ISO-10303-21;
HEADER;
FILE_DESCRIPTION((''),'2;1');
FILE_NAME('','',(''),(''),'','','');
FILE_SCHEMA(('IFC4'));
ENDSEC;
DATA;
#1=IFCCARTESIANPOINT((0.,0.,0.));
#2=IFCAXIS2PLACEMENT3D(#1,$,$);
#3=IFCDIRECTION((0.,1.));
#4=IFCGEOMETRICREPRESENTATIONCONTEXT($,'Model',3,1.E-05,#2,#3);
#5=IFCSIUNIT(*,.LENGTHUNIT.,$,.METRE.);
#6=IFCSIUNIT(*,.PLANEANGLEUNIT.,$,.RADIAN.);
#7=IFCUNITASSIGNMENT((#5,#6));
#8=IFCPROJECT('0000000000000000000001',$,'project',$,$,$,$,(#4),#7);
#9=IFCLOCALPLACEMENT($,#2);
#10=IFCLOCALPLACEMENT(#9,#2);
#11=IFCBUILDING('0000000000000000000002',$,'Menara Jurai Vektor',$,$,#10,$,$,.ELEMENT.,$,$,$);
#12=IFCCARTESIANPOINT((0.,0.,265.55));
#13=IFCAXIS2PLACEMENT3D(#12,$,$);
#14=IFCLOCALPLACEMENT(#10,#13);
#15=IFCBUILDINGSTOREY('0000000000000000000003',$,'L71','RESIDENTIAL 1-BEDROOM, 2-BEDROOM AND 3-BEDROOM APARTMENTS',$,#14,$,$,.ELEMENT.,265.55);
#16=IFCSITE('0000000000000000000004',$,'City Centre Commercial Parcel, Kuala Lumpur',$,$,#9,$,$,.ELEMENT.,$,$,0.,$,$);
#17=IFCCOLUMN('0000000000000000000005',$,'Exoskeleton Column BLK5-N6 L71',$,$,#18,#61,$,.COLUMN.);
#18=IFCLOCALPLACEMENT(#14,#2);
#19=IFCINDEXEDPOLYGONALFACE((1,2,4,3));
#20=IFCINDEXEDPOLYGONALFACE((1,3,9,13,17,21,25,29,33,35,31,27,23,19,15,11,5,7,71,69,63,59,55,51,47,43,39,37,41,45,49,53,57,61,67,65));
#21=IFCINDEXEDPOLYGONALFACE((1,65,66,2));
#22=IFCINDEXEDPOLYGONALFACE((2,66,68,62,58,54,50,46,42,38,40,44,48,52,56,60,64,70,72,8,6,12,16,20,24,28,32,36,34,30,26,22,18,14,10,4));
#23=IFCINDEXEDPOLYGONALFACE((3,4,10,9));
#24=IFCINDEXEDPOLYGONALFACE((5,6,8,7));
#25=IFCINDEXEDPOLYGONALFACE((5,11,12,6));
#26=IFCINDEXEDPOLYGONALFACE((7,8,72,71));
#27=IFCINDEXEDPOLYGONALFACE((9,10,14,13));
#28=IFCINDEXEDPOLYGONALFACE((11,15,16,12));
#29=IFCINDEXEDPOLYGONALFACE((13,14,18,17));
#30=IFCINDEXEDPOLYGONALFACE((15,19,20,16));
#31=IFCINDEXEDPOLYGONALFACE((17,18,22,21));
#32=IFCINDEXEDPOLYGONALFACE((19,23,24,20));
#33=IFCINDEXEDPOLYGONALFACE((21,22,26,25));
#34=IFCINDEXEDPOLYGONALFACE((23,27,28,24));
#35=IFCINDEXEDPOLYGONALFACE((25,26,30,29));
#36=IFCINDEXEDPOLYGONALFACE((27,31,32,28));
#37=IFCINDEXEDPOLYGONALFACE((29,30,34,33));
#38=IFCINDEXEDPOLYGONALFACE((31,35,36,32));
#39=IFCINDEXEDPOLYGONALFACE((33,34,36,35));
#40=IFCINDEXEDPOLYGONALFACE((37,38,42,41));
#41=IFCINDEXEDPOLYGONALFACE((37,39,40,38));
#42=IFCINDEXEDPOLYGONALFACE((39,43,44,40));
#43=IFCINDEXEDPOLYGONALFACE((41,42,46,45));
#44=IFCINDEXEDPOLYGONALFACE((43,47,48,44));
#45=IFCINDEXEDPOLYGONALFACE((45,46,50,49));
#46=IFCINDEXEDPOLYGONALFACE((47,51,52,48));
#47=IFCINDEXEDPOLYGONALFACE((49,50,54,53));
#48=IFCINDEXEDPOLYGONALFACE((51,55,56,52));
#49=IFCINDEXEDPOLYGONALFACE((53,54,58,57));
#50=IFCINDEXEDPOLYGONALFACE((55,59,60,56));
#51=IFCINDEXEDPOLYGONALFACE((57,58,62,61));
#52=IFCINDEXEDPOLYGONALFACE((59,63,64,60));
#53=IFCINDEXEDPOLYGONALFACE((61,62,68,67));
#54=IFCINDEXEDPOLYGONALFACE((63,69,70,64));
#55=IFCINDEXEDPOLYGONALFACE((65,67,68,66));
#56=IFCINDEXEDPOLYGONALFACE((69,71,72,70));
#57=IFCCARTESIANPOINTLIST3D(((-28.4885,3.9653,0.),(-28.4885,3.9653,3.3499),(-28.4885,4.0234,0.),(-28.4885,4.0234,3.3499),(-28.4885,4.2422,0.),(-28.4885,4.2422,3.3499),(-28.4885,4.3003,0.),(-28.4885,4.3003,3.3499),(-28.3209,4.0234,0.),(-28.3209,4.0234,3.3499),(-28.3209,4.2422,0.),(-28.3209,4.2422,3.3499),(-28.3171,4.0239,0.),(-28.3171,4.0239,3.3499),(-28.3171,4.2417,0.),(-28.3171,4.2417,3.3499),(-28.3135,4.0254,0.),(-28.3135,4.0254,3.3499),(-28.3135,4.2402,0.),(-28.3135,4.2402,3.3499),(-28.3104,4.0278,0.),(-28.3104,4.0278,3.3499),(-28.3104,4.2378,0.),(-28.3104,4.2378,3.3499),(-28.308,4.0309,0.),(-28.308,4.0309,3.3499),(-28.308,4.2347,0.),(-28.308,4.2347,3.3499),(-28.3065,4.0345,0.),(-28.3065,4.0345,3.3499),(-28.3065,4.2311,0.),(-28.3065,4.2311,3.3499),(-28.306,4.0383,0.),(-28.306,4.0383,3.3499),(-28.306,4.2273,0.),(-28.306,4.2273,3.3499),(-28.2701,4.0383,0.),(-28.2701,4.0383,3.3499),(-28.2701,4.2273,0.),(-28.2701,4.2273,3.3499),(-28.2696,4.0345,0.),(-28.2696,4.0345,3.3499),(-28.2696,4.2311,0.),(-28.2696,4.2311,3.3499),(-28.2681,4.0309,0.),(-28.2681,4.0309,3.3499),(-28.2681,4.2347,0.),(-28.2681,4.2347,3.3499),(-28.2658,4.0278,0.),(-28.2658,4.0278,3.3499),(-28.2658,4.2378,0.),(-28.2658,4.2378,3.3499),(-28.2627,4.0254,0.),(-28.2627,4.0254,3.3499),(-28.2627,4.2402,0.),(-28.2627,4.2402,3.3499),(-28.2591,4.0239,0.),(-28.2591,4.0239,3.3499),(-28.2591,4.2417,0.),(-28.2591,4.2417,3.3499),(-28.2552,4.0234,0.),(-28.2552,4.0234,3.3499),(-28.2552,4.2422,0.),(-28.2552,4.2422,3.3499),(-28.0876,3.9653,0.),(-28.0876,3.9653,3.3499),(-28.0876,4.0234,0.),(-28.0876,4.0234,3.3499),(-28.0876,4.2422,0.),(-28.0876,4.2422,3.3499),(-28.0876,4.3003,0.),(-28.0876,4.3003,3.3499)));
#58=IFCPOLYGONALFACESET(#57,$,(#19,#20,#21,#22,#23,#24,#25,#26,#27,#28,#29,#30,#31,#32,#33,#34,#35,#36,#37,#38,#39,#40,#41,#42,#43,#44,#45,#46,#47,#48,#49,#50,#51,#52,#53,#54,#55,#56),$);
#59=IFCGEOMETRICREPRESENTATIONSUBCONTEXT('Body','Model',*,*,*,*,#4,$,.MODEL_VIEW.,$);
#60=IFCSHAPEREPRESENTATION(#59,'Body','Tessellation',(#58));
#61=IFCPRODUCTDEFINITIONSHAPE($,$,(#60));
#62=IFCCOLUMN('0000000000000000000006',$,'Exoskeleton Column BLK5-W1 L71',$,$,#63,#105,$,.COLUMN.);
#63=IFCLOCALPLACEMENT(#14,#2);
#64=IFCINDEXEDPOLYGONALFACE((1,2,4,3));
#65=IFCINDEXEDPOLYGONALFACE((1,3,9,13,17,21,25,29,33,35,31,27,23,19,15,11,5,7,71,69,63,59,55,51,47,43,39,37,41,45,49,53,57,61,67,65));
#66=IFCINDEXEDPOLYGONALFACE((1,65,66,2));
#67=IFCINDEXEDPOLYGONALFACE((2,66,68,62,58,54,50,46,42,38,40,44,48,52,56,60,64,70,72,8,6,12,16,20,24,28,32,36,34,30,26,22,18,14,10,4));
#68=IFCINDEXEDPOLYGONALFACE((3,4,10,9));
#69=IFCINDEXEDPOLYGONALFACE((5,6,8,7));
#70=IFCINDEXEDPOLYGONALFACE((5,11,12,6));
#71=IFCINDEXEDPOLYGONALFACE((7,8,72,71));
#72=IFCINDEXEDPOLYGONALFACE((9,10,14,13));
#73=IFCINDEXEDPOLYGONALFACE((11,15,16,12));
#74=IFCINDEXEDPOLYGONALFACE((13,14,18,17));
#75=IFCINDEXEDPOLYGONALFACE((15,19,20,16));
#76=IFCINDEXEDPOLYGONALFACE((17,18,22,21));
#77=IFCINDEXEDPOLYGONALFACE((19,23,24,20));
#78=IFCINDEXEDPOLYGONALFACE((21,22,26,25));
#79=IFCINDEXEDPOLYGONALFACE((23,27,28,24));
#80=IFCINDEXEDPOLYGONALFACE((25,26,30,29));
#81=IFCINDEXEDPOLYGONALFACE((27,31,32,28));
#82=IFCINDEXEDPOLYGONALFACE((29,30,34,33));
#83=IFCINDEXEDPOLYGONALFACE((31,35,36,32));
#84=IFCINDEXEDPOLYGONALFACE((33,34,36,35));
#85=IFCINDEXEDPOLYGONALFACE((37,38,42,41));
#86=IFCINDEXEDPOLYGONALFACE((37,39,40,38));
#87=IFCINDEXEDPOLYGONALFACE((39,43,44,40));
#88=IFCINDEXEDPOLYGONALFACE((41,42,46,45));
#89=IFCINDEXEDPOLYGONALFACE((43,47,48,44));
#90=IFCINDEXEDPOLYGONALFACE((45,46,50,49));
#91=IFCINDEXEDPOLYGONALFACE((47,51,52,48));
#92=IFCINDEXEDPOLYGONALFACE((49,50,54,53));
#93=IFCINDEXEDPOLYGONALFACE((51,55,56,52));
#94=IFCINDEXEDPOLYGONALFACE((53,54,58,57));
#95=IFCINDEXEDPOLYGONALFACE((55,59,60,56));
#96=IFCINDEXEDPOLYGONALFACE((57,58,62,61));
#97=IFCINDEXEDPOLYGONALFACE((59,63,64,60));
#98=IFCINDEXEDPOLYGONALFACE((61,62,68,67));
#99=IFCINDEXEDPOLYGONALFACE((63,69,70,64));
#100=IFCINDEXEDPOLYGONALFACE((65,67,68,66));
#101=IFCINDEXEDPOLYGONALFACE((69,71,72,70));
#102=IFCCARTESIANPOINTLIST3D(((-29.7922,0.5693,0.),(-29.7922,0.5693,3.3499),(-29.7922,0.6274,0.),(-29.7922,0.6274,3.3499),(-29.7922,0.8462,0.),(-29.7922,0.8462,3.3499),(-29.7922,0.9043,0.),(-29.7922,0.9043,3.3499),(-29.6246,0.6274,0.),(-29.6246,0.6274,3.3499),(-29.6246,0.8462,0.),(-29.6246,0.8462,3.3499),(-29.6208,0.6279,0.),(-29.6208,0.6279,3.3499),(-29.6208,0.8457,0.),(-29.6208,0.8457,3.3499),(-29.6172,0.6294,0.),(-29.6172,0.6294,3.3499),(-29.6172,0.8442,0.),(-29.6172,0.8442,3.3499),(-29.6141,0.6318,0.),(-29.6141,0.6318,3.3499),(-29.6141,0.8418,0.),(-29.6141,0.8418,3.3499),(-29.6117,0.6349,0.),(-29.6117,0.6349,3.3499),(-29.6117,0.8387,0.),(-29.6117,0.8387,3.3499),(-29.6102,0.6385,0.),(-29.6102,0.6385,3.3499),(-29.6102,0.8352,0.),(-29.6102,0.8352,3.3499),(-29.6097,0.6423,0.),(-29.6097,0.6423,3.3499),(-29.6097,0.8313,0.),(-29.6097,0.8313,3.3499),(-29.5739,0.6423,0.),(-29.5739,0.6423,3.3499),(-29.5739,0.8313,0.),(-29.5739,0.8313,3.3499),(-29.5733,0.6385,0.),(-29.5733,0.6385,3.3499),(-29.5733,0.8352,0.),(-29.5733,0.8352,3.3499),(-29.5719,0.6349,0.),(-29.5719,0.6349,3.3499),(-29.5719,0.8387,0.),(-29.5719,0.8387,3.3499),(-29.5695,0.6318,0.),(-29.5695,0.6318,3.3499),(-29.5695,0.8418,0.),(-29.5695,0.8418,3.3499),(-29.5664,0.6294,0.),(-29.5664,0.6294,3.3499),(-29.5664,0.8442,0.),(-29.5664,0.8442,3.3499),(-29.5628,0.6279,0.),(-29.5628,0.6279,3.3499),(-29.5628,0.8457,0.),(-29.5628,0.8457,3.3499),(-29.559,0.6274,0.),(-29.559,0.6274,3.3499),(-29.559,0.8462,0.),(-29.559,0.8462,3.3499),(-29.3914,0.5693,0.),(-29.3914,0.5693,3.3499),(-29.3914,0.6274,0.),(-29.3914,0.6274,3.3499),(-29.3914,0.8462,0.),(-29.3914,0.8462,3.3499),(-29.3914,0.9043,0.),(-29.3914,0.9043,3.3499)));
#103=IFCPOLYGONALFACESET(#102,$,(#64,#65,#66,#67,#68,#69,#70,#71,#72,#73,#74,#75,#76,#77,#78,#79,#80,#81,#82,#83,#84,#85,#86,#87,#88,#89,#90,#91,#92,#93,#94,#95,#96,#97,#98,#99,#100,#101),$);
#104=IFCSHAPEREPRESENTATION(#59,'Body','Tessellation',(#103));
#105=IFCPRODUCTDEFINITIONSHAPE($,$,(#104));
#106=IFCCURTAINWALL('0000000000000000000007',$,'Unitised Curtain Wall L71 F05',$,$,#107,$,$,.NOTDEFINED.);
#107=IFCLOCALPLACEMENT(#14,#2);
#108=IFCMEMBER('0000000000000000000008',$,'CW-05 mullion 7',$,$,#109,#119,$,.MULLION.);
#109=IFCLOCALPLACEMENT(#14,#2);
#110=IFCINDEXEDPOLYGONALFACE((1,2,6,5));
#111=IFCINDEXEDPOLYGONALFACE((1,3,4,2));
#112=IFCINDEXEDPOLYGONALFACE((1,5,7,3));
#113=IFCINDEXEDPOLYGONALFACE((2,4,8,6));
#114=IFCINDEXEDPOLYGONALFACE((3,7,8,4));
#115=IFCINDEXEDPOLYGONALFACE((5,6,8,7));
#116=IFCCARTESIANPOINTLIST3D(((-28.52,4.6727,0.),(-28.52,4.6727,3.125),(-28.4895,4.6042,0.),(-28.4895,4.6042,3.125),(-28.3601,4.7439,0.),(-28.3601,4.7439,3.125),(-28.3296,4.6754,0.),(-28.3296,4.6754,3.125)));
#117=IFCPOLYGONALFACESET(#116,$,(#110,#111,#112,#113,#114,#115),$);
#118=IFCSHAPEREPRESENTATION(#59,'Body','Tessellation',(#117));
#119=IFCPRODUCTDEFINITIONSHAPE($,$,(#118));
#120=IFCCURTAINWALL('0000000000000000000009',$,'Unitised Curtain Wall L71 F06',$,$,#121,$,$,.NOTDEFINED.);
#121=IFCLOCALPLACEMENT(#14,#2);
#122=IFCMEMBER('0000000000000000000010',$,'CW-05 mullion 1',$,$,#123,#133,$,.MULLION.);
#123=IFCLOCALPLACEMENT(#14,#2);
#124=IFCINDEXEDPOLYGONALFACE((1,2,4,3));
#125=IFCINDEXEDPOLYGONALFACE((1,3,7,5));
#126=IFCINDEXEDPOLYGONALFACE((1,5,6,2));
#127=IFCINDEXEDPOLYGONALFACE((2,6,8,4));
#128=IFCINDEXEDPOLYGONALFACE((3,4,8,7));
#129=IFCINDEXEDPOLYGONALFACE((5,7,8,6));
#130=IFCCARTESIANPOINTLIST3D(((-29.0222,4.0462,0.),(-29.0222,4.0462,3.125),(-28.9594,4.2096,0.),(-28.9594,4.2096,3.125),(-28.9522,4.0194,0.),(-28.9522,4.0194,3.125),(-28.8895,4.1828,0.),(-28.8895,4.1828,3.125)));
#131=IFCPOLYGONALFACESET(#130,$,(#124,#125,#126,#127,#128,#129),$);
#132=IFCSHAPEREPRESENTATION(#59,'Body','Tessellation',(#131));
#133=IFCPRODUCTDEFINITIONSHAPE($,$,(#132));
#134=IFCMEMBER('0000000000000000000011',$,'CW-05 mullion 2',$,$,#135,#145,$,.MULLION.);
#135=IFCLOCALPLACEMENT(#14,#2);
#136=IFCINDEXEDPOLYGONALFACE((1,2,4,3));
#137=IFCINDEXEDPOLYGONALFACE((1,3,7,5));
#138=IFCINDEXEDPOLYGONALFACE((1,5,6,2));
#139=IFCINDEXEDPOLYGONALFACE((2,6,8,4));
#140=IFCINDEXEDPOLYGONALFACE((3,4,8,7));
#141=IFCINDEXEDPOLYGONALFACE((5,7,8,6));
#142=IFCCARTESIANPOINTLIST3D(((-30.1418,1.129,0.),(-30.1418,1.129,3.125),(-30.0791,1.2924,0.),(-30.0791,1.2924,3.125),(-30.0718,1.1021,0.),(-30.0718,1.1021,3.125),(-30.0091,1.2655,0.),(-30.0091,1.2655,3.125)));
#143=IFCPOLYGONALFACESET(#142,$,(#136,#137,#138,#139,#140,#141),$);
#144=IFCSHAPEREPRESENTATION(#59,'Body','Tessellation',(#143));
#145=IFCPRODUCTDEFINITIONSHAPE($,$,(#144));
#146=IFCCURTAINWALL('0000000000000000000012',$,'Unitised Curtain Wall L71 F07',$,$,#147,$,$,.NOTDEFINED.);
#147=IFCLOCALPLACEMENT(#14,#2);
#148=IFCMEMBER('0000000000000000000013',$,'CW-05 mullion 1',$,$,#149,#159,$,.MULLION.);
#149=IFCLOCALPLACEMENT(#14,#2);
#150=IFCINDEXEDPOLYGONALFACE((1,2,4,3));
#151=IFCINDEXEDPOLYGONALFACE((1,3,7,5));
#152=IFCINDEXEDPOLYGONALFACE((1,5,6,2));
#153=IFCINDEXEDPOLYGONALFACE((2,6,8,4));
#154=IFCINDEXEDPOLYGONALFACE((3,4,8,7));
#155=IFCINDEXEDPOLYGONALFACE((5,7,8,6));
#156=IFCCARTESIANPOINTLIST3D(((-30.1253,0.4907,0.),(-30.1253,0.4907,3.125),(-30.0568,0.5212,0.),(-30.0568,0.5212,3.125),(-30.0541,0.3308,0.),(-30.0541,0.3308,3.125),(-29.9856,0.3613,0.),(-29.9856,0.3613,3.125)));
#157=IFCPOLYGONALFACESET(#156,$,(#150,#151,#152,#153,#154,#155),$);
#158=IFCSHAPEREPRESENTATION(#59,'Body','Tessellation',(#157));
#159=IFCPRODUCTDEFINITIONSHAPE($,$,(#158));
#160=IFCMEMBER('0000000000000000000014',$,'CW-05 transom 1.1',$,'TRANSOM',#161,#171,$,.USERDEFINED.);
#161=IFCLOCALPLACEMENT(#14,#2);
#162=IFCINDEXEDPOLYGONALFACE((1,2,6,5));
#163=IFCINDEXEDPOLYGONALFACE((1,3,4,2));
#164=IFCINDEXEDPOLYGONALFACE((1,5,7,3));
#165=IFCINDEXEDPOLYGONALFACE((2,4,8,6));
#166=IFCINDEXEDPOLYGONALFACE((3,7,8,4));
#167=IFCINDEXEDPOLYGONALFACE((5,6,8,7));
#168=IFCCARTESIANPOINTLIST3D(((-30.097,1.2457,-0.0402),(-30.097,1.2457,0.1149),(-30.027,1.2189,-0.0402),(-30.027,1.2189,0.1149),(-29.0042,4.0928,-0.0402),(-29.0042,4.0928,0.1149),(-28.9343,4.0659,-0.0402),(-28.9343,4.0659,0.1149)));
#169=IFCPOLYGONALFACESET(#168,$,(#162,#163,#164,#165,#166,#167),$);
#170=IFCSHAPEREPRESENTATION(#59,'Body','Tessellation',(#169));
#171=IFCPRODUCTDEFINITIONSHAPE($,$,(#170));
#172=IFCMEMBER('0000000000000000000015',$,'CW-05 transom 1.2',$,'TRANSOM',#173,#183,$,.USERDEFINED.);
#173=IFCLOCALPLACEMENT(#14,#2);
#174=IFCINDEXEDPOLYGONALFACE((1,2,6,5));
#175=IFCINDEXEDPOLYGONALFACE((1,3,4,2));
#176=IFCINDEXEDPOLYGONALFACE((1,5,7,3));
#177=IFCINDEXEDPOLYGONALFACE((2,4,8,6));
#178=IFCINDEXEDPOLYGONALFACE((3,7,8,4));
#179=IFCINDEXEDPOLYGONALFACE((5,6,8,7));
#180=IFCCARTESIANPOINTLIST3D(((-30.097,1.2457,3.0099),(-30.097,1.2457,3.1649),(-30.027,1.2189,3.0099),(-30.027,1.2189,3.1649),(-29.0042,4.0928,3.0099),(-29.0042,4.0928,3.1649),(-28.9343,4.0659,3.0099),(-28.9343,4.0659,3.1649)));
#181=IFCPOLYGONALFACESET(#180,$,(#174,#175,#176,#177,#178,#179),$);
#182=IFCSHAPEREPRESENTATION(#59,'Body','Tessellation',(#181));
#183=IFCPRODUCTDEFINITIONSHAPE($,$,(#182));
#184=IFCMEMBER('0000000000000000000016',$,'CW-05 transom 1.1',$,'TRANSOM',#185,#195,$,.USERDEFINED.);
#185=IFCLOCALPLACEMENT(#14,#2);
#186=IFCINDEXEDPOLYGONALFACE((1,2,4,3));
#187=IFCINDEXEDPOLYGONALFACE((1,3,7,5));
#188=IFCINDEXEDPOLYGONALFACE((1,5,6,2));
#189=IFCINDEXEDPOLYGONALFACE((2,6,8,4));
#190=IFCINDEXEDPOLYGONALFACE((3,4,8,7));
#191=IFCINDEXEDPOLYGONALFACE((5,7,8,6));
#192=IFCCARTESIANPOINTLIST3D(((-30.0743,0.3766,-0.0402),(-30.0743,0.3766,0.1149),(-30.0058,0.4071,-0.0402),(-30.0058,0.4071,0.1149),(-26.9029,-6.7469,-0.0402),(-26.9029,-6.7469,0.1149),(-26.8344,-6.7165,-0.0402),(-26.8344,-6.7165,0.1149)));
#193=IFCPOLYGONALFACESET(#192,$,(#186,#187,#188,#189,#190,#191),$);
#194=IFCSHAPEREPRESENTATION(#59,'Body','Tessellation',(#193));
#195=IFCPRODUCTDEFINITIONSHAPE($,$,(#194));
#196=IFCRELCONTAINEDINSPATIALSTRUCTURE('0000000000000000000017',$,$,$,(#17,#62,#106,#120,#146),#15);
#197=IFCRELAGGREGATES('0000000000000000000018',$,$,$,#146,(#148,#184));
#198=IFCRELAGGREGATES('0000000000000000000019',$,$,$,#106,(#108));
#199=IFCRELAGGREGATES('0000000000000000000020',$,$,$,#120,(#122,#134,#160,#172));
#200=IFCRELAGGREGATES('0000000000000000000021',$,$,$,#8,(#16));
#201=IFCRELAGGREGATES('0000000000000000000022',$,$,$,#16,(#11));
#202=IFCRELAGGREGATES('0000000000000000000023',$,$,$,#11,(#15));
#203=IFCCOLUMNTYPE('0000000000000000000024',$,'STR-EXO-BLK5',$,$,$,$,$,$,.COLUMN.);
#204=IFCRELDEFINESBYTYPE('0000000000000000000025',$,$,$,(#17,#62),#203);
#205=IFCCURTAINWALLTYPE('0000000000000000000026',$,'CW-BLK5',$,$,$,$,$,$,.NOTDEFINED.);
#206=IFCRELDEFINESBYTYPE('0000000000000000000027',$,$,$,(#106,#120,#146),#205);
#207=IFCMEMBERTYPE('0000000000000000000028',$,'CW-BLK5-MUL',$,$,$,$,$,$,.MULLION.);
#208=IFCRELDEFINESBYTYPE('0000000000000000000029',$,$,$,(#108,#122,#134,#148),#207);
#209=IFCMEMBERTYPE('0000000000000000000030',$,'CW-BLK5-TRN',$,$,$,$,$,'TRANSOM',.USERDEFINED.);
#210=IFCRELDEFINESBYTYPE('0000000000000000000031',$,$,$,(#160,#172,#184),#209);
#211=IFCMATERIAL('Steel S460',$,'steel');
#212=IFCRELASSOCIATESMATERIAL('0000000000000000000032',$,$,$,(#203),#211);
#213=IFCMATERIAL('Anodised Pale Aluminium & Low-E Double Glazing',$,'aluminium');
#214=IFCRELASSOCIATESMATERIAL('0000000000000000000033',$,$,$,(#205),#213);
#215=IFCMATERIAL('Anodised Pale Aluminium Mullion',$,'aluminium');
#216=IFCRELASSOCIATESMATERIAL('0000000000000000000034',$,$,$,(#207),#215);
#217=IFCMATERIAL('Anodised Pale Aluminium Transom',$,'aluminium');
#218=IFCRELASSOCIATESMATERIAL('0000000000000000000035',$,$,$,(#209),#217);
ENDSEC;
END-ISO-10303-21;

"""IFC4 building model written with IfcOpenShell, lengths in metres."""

from ifc_helpers import new_model, si_unit, direction, frame, origin, origin_2d, place, context, subcontext, project, spatial, rectangle, i_section, extrude, material, material_profile, profile_set, type_object, element, aggregate, save


model = new_model("IFC4")

# Units and contexts
model_context = context("Model", 3, precision=1e-05, world=origin(), true_north=direction((0.0, 1.0)))
body_context = subcontext(model_context, "Body", "Model", "MODEL_VIEW")
ifc_project = project(units=[si_unit("LENGTHUNIT", "METRE"), si_unit("PLANEANGLEUNIT", "RADIAN")], contexts=[model_context])

# Site, building, storey
site_placement = place(None, origin())
site = spatial("IfcSite", under=ifc_project, at=site_placement, Name="City Centre Commercial Parcel, Kuala Lumpur", CompositionType="ELEMENT", RefElevation=0.0)
building_placement = place(site_placement, origin())
building = spatial("IfcBuilding", under=site, at=building_placement, Name="Menara Jurai Vektor", CompositionType="ELEMENT")
storey_placement = place(building_placement, frame((0.0, 0.0, 265.55)))
storey = spatial("IfcBuildingStorey", under=building, at=storey_placement, Name="L71", Description="RESIDENTIAL 1-BEDROOM, 2-BEDROOM AND 3-BEDROOM APARTMENTS", CompositionType="ELEMENT", Elevation=265.55)

# Columns
ifc_material_1 = material(Name="Steel S460", Category="steel")
ifc_material_profile_1 = material_profile(ifc_material_1, i_section(OverallWidth=0.4009, OverallDepth=0.335, WebThickness=0.0359, FlangeThickness=0.0581, FilletRadius=0.0149, at=origin_2d()), Name="HD 400x463")
ifc_profile_set_1 = profile_set([ifc_material_profile_1], Name="Steel S460")
column_type = type_object("IfcColumnType", Name="STR-EXO-BLK5", PredefinedType="COLUMN", material=ifc_profile_set_1)
for number, where, z_axis, x_axis, name in (
    (1, (-28.2881, 4.1328, 0.0), (0.0, 0.0, 1.0), (1.0, 0.0, 0.0), "Exoskeleton Column BLK5-N6 L71"),
    (2, (-29.5918, 0.7368, 0.0), (0.0, 0.0, 1.0), (1.0, 0.0, 0.0), "Exoskeleton Column BLK5-W1 L71"),
):
    element("IfcColumn", number, at=place(storey_placement, frame(where, z_axis=z_axis, x_axis=x_axis)), inside=storey, type_object=column_type, Name=name, PredefinedType="COLUMN", context=body_context, shape_type="SweptSolid", body=[
        extrude(i_section(OverallWidth=0.4009, OverallDepth=0.335, WebThickness=0.0359, FlangeThickness=0.0581, FilletRadius=0.0149, at=origin_2d()), origin(), (0.0, 0.0, 1.0), 3.3499),
    ])

# Curtain wall, member
ifc_material_2 = material(Name="Anodised Pale Aluminium & Low-E Double Glazing", Category="aluminium")
curtain_wall_type = type_object("IfcCurtainWallType", Name="CW-BLK5", PredefinedType="NOTDEFINED", material=ifc_material_2)
curtain_wall_1_placement = place(storey_placement, origin())
curtain_wall_1 = element("IfcCurtainWall", 3, at=curtain_wall_1_placement, inside=storey, type_object=curtain_wall_type, Name="Unitised Curtain Wall L71 F05", PredefinedType="NOTDEFINED")
ifc_material_3 = material(Name="Anodised Pale Aluminium Mullion", Category="aluminium")
ifc_material_profile_2 = material_profile(ifc_material_3, rectangle(XDim=0.075, YDim=0.175, at=origin_2d()), Name="ALU MUL 75x175")
ifc_profile_set_2 = profile_set([ifc_material_profile_2], Name="Anodised Pale Aluminium Mullion")
member_type_1 = type_object("IfcMemberType", Name="CW-BLK5-MUL", PredefinedType="MULLION", material=ifc_profile_set_2)
member_1_placement = place(storey_placement, frame((-28.4248, 4.6741, 0.0), z_axis=(0.0, 0.0, 1.0), x_axis=(0.406735, -0.913546, 0.0)))
member_1 = element("IfcMember", 4, at=member_1_placement, type_object=member_type_1, Name="CW-05 mullion 7", PredefinedType="MULLION", context=body_context, shape_type="SweptSolid", body=[
    extrude(rectangle(XDim=0.075, YDim=0.175, at=origin_2d()), origin(), (0.0, 0.0, 1.0), 3.125),
])

# Curtain wall, members
curtain_wall_2_placement = place(storey_placement, origin())
curtain_wall_2 = element("IfcCurtainWall", 5, at=curtain_wall_2_placement, inside=storey, type_object=curtain_wall_type, Name="Unitised Curtain Wall L71 F06", PredefinedType="NOTDEFINED")
member_2_placement = place(storey_placement, frame((-28.9558, 4.1145, 0.0), z_axis=(0.0, 0.0, 1.0), x_axis=(0.933578, -0.358374, 0.0)))
member_2 = element("IfcMember", 6, at=member_2_placement, type_object=member_type_1, Name="CW-05 mullion 1", PredefinedType="MULLION", context=body_context, shape_type="SweptSolid", body=[
    extrude(rectangle(XDim=0.075, YDim=0.175, at=origin_2d()), origin(), (0.0, 0.0, 1.0), 3.125),
])
member_3_placement = place(storey_placement, frame((-30.0754, 1.1973, 0.0), z_axis=(0.0, 0.0, 1.0), x_axis=(0.933578, -0.358374, 0.0)))
member_3 = element("IfcMember", 7, at=member_3_placement, type_object=member_type_1, Name="CW-05 mullion 2", PredefinedType="MULLION", context=body_context, shape_type="SweptSolid", body=[
    extrude(rectangle(XDim=0.075, YDim=0.175, at=origin_2d()), origin(), (0.0, 0.0, 1.0), 3.125),
])

# Curtain wall, member
curtain_wall_3_placement = place(storey_placement, origin())
curtain_wall_3 = element("IfcCurtainWall", 8, at=curtain_wall_3_placement, inside=storey, type_object=curtain_wall_type, Name="Unitised Curtain Wall L71 F07", PredefinedType="NOTDEFINED")
member_4_placement = place(storey_placement, frame((-30.0554, 0.426, 0.0), z_axis=(0.0, 0.0, 1.0), x_axis=(0.913546, 0.406735, 0.0)))
member_4 = element("IfcMember", 9, at=member_4_placement, type_object=member_type_1, Name="CW-05 mullion 1", PredefinedType="MULLION", context=body_context, shape_type="SweptSolid", body=[
    extrude(rectangle(XDim=0.075, YDim=0.175, at=origin_2d()), origin(), (0.0, 0.0, 1.0), 3.125),
])

# Members
ifc_material_4 = material(Name="Anodised Pale Aluminium Transom", Category="aluminium")
ifc_material_profile_3 = material_profile(ifc_material_4, rectangle(XDim=0.075, YDim=0.155, at=origin_2d()), Name="ALU TRN 75x155")
ifc_profile_set_3 = profile_set([ifc_material_profile_3], Name="Anodised Pale Aluminium Transom")
member_type_2 = type_object("IfcMemberType", Name="CW-BLK5-TRN", ElementType="TRANSOM", PredefinedType="USERDEFINED", material=ifc_profile_set_3)
member_5_placement = place(storey_placement, frame((-28.9692, 4.0793, 0.0374), z_axis=(-0.358325, -0.933597, 0.0), x_axis=(0.933597, -0.358325, 0.0)))
member_5 = element("IfcMember", 10, at=member_5_placement, type_object=member_type_2, Name="CW-05 transom 1.1", ObjectType="TRANSOM", PredefinedType="USERDEFINED", context=body_context, shape_type="SweptSolid", body=[
    extrude(rectangle(XDim=0.075, YDim=0.155, at=origin_2d()), origin(), (0.0, 0.0, 1.0), 3.0496),
])
member_6_placement = place(storey_placement, frame((-28.9692, 4.0793, 3.0874), z_axis=(-0.358325, -0.933597, 0.0), x_axis=(0.933597, -0.358325, 0.0)))
member_6 = element("IfcMember", 11, at=member_6_placement, type_object=member_type_2, Name="CW-05 transom 1.2", ObjectType="TRANSOM", PredefinedType="USERDEFINED", context=body_context, shape_type="SweptSolid", body=[
    extrude(rectangle(XDim=0.075, YDim=0.155, at=origin_2d()), origin(), (0.0, 0.0, 1.0), 3.0496),
])
member_7_placement = place(storey_placement, frame((-30.04, 0.3918, 0.0374), z_axis=(0.406714, -0.913556, 0.0), x_axis=(0.913556, 0.406714, 0.0)))
member_7 = element("IfcMember", 12, at=member_7_placement, type_object=member_type_2, Name="CW-05 transom 1.1", ObjectType="TRANSOM", PredefinedType="USERDEFINED", context=body_context, shape_type="SweptSolid", body=[
    extrude(rectangle(XDim=0.075, YDim=0.155, at=origin_2d()), origin(), (0.0, 0.0, 1.0), 7.7976),
])
aggregate(curtain_wall_3, [member_4, member_7])

aggregate(curtain_wall_1, [member_1])
aggregate(curtain_wall_2, [member_2, member_3, member_5, member_6])

save(model, "model.ifc")
